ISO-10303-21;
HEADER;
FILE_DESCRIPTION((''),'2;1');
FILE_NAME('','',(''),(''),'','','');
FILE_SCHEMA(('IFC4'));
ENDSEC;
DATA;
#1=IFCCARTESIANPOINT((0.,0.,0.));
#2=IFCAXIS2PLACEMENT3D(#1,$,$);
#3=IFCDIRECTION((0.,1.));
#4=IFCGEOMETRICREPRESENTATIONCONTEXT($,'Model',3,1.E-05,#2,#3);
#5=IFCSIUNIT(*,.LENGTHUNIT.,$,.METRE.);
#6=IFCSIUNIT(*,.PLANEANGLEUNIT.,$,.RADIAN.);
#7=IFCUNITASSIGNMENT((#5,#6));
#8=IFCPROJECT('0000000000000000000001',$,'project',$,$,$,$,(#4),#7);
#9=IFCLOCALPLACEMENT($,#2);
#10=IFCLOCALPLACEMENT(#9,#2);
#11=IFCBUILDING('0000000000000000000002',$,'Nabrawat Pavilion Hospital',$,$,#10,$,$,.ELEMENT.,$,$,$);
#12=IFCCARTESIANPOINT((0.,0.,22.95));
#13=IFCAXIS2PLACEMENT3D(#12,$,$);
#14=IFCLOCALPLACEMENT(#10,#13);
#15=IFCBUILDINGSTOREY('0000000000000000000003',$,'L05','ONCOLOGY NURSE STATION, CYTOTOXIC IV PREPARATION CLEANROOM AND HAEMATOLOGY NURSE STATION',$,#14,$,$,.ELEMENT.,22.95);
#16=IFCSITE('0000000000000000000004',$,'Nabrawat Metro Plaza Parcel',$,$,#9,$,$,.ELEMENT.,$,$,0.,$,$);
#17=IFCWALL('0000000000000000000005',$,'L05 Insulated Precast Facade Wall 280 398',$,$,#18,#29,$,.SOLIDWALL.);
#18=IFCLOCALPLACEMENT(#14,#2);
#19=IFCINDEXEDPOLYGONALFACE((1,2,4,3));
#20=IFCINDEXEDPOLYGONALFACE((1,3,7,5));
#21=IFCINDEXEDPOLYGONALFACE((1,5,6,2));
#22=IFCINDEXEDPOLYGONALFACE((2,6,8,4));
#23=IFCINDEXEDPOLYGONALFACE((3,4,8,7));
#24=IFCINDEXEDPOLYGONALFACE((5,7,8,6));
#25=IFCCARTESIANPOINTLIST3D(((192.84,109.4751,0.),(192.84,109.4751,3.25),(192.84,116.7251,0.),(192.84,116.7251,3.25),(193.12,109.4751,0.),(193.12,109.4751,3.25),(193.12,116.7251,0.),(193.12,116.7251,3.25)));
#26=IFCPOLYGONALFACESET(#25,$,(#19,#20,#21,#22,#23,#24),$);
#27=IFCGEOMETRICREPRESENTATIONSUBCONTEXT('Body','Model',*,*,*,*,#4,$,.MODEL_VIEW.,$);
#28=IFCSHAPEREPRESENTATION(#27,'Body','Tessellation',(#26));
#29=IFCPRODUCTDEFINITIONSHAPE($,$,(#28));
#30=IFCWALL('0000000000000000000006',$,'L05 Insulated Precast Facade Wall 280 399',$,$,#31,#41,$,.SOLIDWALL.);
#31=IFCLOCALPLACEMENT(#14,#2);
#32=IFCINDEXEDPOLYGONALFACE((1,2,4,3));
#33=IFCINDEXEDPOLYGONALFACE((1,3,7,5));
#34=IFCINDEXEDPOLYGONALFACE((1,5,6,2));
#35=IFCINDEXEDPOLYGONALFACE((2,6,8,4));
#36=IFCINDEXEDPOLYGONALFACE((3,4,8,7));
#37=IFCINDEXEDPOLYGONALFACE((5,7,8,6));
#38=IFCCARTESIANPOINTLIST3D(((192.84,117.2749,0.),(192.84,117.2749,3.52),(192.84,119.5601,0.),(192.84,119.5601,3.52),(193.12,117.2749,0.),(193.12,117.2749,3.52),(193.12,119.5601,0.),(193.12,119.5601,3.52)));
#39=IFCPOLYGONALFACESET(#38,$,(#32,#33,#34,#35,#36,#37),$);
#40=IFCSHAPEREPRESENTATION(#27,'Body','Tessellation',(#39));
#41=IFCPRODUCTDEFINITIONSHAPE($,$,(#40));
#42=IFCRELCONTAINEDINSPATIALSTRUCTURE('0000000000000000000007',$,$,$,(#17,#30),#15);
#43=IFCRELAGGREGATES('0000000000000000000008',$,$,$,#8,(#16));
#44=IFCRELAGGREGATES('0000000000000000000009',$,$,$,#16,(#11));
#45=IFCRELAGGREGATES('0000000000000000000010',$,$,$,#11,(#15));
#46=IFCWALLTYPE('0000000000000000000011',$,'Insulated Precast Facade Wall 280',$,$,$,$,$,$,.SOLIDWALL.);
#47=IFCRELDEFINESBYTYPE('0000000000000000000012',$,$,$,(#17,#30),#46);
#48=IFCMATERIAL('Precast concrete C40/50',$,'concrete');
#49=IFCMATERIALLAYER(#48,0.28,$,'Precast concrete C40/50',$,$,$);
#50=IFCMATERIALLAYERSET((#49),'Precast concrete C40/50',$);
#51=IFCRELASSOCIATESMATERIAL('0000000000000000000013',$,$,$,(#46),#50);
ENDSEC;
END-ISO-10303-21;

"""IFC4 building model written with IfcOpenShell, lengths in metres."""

from ifc_helpers import new_model, si_unit, direction, frame, frame_2d, origin, place, context, subcontext, project, spatial, rectangle, extrude, material, layer, layer_set, type_object, element, save


model = new_model("IFC4")

# Units and contexts
model_context = context("Model", 3, precision=1e-05, world=origin(), true_north=direction((0.0, 1.0)))
body_context = subcontext(model_context, "Body", "Model", "MODEL_VIEW")
ifc_project = project(units=[si_unit("LENGTHUNIT", "METRE"), si_unit("PLANEANGLEUNIT", "RADIAN")], contexts=[model_context])

# Site, building, storey
site_placement = place(None, origin())
site = spatial("IfcSite", under=ifc_project, at=site_placement, Name="Nabrawat Metro Plaza Parcel", CompositionType="ELEMENT", RefElevation=0.0)
building_placement = place(site_placement, origin())
building = spatial("IfcBuilding", under=site, at=building_placement, Name="Nabrawat Pavilion Hospital", CompositionType="ELEMENT")
storey_placement = place(building_placement, frame((0.0, 0.0, 22.95)))
storey = spatial("IfcBuildingStorey", under=building, at=storey_placement, Name="L05", Description="ONCOLOGY NURSE STATION, CYTOTOXIC IV PREPARATION CLEANROOM AND HAEMATOLOGY NURSE STATION", CompositionType="ELEMENT", Elevation=22.95)

# Walls
ifc_material_1 = material(Name="Precast concrete C40/50", Category="concrete")
ifc_layer_1 = layer(ifc_material_1, 0.28, Name="Precast concrete C40/50")
ifc_layer_set_1 = layer_set([ifc_layer_1], Name="Precast concrete C40/50")
wall_type_1 = type_object("IfcWallType", Name="Insulated Precast Facade Wall 280", PredefinedType="SOLIDWALL", material=ifc_layer_set_1)
wall_1_placement = place(storey_placement, frame((192.98, 109.4751, 0.0), z_axis=(0.0, 0.0, 1.0), x_axis=(0.0, 1.0, 0.0)))
element("IfcWall", 1, at=wall_1_placement, inside=storey, type_object=wall_type_1, Name="L05 Insulated Precast Facade Wall 280 398", PredefinedType="SOLIDWALL", context=body_context, shape_type="SweptSolid", body=[
    extrude(rectangle(XDim=7.25, YDim=0.28, at=frame_2d((3.625, 0.0))), origin(), (0.0, 0.0, 1.0), 3.25),
])
wall_2_placement = place(storey_placement, frame((192.98, 117.2749, 0.0), z_axis=(0.0, 0.0, 1.0), x_axis=(0.0, 1.0, 0.0)))
element("IfcWall", 2, at=wall_2_placement, inside=storey, type_object=wall_type_1, Name="L05 Insulated Precast Facade Wall 280 399", PredefinedType="SOLIDWALL", context=body_context, shape_type="SweptSolid", body=[
    extrude(rectangle(XDim=2.2852, YDim=0.28, at=frame_2d((1.1426, 0.0))), origin(), (0.0, 0.0, 1.0), 3.52),
])

save(model, "model.ifc")
